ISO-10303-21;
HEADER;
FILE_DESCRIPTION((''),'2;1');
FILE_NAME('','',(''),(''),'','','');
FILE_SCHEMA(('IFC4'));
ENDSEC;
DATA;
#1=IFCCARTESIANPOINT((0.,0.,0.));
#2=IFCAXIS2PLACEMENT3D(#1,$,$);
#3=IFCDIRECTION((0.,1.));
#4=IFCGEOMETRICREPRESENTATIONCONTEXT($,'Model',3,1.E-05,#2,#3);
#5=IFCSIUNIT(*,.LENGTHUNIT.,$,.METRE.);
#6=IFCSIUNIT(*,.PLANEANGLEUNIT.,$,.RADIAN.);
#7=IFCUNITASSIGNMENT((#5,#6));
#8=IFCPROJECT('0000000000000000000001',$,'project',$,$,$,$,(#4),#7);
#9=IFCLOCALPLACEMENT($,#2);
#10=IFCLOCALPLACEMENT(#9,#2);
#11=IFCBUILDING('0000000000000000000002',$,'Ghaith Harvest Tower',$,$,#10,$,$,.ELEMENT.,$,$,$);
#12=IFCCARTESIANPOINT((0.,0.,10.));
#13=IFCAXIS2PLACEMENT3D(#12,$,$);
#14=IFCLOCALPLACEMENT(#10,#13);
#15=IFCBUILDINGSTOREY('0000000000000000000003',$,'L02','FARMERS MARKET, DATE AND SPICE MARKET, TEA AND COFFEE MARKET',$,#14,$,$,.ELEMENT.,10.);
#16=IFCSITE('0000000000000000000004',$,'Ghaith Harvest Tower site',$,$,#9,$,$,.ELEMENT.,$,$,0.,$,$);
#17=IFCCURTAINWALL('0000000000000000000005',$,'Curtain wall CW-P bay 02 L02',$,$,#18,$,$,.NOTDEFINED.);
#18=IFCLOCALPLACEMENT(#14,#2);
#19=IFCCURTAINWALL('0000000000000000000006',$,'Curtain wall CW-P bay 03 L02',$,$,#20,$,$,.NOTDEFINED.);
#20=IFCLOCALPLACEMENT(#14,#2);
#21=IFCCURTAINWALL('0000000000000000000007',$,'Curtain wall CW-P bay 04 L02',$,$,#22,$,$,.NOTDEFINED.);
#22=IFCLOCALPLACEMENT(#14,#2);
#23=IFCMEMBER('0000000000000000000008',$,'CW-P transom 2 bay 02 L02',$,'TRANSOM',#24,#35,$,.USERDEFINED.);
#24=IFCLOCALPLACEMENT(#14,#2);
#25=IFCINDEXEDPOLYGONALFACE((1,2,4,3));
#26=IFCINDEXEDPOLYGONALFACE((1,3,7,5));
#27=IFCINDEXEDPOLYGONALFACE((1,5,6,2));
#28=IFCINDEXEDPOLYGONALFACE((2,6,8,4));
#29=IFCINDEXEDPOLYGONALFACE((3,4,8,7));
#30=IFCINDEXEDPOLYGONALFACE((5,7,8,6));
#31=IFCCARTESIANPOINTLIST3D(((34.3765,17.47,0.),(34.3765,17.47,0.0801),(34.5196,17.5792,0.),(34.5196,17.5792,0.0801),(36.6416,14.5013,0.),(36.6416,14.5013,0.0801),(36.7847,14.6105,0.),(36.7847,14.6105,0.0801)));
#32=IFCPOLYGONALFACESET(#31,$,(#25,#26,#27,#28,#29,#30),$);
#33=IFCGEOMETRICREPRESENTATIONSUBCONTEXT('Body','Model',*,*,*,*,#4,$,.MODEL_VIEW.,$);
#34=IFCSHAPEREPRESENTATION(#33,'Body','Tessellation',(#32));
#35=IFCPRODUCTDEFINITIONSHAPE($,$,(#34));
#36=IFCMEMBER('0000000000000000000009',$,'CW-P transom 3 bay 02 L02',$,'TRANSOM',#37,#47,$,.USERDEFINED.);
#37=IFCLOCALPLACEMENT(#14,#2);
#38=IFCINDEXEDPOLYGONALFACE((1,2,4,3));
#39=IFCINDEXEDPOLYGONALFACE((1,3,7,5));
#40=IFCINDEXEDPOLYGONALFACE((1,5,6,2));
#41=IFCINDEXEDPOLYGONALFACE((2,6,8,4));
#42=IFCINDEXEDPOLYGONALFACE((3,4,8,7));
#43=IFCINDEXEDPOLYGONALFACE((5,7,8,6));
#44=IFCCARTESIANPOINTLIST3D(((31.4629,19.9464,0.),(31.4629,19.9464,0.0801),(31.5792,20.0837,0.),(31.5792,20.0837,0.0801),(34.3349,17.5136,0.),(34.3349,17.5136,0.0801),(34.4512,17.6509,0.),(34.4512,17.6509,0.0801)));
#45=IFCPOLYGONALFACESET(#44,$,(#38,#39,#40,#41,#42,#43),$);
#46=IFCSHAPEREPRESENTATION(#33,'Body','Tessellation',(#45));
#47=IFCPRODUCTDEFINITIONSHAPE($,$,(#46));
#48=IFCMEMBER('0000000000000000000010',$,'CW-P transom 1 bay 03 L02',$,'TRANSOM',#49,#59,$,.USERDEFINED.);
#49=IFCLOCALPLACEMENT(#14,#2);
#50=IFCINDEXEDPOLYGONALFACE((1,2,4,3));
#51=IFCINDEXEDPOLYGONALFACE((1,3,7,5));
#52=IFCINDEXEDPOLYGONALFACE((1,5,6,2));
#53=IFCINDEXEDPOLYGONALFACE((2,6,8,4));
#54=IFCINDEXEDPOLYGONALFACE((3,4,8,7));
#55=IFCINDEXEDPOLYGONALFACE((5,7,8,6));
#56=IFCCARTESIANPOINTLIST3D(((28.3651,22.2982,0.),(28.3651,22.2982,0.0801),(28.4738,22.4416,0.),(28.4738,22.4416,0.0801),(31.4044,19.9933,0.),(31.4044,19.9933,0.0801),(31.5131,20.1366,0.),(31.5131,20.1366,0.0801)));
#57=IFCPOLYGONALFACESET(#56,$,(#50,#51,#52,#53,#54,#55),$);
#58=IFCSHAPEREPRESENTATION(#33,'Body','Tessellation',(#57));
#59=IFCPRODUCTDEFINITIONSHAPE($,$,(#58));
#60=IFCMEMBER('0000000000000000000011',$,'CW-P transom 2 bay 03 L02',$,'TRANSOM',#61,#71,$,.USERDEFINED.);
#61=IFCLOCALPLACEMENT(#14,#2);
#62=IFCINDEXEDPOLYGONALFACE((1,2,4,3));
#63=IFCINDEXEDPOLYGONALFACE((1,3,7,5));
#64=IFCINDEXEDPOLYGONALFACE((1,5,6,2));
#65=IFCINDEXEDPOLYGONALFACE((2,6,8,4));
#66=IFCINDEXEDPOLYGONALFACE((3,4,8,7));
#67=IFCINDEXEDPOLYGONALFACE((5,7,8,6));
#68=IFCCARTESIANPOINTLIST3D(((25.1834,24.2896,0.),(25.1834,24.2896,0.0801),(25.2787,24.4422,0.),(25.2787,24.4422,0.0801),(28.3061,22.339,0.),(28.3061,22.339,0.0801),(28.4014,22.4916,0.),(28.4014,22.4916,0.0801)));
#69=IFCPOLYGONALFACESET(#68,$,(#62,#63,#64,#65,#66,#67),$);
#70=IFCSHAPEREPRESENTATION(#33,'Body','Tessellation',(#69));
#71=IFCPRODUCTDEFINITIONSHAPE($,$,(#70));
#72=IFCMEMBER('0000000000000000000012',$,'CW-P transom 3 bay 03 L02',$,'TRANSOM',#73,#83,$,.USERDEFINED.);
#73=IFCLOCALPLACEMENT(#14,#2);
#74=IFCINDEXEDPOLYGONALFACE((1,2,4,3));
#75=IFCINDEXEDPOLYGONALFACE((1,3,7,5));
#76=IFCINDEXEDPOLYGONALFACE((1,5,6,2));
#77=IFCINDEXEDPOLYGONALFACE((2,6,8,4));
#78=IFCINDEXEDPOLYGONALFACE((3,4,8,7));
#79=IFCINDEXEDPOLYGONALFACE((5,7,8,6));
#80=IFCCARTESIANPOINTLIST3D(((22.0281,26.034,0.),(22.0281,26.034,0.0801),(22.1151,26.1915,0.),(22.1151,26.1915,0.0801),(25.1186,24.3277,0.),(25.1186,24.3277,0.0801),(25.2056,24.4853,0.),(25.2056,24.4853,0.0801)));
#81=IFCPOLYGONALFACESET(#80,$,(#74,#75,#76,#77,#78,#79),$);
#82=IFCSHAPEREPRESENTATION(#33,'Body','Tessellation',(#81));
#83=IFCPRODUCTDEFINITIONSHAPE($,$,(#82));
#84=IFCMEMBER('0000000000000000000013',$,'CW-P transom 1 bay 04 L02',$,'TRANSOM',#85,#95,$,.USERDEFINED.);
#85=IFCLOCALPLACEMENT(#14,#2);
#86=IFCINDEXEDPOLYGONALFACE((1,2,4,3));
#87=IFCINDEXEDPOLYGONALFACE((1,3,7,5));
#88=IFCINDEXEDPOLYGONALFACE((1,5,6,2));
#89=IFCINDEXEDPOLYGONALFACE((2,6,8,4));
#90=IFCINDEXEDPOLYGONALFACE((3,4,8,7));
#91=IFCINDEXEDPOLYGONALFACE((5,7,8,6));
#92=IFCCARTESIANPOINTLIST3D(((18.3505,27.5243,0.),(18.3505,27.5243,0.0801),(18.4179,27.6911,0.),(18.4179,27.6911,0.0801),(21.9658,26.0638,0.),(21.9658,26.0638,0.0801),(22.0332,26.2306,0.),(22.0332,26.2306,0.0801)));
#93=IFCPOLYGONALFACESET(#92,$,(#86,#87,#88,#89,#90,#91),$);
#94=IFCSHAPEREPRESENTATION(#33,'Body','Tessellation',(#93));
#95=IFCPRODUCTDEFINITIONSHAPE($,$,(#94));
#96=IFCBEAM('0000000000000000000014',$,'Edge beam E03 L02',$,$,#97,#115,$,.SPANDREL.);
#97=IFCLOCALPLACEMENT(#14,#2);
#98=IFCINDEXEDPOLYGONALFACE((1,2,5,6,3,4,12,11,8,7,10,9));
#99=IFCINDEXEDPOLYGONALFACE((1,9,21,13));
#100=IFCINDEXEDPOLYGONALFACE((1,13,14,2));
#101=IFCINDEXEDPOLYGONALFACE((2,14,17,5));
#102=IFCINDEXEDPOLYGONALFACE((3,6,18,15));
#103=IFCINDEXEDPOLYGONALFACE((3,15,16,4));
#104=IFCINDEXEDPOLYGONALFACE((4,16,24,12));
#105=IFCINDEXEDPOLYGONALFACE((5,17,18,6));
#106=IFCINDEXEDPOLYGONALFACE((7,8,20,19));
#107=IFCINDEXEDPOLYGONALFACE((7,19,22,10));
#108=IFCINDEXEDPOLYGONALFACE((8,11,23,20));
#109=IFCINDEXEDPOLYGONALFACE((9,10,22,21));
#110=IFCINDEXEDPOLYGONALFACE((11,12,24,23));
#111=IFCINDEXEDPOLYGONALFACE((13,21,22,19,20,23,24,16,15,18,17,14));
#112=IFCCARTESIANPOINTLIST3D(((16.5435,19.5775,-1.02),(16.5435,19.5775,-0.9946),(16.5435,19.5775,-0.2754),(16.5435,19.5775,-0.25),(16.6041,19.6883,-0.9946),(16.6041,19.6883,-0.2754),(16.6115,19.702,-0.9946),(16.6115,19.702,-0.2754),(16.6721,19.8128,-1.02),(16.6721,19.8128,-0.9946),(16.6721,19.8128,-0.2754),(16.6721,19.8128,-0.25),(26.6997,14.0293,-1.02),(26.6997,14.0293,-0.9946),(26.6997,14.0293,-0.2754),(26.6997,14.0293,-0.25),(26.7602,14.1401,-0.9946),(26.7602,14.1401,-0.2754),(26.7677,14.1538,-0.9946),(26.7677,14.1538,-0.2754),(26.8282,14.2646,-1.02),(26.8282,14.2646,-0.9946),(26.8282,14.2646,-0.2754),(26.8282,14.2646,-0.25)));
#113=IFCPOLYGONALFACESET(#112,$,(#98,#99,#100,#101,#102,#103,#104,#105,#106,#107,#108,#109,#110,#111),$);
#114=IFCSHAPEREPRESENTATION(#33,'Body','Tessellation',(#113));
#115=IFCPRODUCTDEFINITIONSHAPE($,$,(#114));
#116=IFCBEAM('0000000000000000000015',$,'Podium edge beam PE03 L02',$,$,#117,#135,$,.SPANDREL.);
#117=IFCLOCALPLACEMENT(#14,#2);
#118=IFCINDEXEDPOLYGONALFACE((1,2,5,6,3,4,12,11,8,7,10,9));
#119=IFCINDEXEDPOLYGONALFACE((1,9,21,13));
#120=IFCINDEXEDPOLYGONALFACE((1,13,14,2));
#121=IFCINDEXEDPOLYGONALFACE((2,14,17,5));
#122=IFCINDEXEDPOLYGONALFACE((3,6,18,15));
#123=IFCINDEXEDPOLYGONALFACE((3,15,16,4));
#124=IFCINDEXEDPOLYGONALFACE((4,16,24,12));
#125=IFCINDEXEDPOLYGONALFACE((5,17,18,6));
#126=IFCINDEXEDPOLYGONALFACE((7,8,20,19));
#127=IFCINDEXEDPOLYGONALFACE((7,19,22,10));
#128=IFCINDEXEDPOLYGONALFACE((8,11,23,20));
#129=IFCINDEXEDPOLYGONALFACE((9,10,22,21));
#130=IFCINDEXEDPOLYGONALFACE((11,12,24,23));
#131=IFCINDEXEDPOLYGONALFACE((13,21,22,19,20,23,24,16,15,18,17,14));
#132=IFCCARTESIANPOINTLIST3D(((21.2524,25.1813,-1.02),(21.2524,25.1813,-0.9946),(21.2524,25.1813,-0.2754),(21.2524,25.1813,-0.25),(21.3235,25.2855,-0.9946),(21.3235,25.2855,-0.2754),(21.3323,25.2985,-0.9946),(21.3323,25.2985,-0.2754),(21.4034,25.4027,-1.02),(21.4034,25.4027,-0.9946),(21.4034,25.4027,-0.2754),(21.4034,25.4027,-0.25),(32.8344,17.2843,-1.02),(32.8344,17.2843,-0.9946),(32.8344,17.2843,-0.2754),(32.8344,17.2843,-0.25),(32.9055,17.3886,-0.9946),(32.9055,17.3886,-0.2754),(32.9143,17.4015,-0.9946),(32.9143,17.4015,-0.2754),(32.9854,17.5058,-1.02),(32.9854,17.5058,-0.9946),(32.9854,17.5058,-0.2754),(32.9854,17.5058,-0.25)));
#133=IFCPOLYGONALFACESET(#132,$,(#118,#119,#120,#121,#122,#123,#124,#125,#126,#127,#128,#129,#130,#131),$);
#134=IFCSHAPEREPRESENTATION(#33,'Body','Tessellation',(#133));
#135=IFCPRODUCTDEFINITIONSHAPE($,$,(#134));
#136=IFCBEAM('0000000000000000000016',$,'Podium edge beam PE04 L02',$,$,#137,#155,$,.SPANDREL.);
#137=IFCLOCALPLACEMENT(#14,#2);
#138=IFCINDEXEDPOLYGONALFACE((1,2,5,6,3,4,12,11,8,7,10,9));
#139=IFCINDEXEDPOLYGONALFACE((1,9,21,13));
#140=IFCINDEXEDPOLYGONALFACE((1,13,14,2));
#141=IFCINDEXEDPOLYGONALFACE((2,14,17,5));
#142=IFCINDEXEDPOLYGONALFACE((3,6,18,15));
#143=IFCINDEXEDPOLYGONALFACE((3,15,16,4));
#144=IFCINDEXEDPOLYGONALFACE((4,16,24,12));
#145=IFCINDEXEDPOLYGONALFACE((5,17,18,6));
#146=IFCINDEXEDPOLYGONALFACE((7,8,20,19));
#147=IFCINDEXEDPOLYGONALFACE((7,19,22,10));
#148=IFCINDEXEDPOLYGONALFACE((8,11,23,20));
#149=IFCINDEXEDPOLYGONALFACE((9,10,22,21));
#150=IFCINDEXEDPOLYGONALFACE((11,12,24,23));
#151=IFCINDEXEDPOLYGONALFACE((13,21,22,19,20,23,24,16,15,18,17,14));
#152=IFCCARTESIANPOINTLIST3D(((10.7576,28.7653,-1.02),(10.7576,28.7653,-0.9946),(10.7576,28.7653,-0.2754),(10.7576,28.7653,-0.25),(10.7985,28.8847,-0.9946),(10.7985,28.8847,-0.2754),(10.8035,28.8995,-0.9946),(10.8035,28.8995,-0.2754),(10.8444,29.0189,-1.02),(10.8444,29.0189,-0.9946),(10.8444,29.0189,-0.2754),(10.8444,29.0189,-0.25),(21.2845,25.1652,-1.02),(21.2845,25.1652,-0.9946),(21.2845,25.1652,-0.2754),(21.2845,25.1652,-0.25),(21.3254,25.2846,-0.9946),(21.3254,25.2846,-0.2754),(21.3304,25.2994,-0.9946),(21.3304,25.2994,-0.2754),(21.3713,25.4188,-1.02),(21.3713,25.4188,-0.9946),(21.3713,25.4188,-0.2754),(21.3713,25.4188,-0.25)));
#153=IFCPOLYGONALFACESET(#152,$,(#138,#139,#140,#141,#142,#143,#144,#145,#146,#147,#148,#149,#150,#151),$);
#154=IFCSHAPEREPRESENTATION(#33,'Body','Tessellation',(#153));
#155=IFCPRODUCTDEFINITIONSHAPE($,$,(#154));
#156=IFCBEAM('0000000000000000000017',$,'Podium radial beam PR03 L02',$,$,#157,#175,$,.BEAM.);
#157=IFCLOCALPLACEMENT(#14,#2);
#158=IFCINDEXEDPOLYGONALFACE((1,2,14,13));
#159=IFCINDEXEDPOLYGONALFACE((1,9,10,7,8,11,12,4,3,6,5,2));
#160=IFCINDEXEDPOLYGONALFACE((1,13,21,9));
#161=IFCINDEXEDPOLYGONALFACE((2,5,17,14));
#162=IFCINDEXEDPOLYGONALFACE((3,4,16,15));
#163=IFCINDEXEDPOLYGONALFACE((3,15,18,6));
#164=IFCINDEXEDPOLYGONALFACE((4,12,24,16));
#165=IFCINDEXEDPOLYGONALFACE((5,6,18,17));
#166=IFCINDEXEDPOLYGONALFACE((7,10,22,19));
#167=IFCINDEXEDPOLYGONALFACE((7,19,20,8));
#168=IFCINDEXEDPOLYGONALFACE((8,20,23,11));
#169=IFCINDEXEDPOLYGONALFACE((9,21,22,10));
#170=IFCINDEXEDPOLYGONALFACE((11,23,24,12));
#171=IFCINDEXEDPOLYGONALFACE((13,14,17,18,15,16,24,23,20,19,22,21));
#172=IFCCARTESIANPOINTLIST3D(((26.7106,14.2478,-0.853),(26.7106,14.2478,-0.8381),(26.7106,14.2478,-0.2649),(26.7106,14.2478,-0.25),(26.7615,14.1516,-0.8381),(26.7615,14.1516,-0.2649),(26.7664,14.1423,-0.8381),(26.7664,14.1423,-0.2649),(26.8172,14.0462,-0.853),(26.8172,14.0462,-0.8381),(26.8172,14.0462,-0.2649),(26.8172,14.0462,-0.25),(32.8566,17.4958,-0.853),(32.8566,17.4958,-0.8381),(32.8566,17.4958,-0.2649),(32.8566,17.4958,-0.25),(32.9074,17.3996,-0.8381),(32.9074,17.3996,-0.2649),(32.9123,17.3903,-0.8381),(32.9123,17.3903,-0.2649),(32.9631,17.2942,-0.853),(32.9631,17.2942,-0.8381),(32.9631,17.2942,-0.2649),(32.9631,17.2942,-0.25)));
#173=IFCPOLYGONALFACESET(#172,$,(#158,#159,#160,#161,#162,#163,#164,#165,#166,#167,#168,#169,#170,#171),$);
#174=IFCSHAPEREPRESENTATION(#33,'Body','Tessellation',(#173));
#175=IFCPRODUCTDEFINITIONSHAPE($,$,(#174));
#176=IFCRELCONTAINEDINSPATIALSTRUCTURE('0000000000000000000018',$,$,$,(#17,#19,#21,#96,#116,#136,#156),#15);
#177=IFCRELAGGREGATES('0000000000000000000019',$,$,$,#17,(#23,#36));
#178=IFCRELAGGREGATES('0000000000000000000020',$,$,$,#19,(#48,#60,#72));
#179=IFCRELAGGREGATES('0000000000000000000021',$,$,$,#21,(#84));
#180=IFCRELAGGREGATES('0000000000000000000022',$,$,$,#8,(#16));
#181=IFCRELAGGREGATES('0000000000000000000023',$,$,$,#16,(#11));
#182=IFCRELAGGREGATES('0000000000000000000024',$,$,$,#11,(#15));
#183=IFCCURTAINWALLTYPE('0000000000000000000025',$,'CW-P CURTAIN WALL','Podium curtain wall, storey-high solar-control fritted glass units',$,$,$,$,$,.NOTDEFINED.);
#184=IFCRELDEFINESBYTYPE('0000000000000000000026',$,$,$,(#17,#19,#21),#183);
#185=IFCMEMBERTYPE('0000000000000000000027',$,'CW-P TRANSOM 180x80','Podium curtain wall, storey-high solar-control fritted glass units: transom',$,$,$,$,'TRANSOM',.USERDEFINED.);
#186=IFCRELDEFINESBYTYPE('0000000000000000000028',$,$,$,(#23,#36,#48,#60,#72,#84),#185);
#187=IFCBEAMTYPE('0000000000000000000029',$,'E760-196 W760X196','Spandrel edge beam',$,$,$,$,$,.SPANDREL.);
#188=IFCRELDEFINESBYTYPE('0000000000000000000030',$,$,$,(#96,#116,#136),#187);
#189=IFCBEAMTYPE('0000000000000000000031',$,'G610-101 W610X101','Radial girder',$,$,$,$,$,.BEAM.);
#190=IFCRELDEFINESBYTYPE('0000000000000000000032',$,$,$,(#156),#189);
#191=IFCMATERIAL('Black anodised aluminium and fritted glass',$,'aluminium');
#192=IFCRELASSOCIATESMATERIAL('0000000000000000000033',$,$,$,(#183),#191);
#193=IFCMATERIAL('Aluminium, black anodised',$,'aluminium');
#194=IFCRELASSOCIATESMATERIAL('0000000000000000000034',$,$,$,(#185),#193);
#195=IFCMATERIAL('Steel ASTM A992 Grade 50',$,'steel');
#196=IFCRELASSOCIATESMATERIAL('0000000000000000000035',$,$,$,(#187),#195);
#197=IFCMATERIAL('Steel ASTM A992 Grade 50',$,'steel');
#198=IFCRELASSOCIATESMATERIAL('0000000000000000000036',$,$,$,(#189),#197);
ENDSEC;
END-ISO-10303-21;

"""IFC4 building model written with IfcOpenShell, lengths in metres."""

from ifc_helpers import new_model, si_unit, direction, frame, origin, origin_2d, place, context, subcontext, project, spatial, rectangle, i_section, extrude, material, material_profile, profile_set, type_object, element, aggregate, save


model = new_model("IFC4")

# Units and contexts
model_context = context("Model", 3, precision=1e-05, world=origin(), true_north=direction((0.0, 1.0)))
body_context = subcontext(model_context, "Body", "Model", "MODEL_VIEW")
ifc_project = project(units=[si_unit("LENGTHUNIT", "METRE"), si_unit("PLANEANGLEUNIT", "RADIAN")], contexts=[model_context])

# Site, building, storey
site_placement = place(None, origin())
site = spatial("IfcSite", under=ifc_project, at=site_placement, Name="Ghaith Harvest Tower site", CompositionType="ELEMENT", RefElevation=0.0)
building_placement = place(site_placement, origin())
building = spatial("IfcBuilding", under=site, at=building_placement, Name="Ghaith Harvest Tower", CompositionType="ELEMENT")
storey_placement = place(building_placement, frame((0.0, 0.0, 10.0)))
storey = spatial("IfcBuildingStorey", under=building, at=storey_placement, Name="L02", Description="FARMERS MARKET, DATE AND SPICE MARKET, TEA AND COFFEE MARKET", CompositionType="ELEMENT", Elevation=10.0)

# Curtain walls
ifc_material_1 = material(Name="Black anodised aluminium and fritted glass", Category="aluminium")
curtain_wall_type = type_object("IfcCurtainWallType", Name="CW-P CURTAIN WALL", Description="Podium curtain wall, storey-high solar-control fritted glass units", PredefinedType="NOTDEFINED", material=ifc_material_1)
curtain_wall_1_placement = place(storey_placement, origin())
curtain_wall_1 = element("IfcCurtainWall", 1, at=curtain_wall_1_placement, inside=storey, type_object=curtain_wall_type, Name="Curtain wall CW-P bay 02 L02", PredefinedType="NOTDEFINED")
curtain_wall_2_placement = place(storey_placement, origin())
curtain_wall_2 = element("IfcCurtainWall", 2, at=curtain_wall_2_placement, inside=storey, type_object=curtain_wall_type, Name="Curtain wall CW-P bay 03 L02", PredefinedType="NOTDEFINED")

# Curtain wall
curtain_wall_3_placement = place(storey_placement, origin())
curtain_wall_3 = element("IfcCurtainWall", 3, at=curtain_wall_3_placement, inside=storey, type_object=curtain_wall_type, Name="Curtain wall CW-P bay 04 L02", PredefinedType="NOTDEFINED")

# Members
ifc_material_2 = material(Name="Aluminium, black anodised", Category="aluminium")
ifc_material_profile_1 = material_profile(ifc_material_2, rectangle(XDim=0.1799, YDim=0.0801, at=origin_2d()), Name="CW-P TRANSOM 180x80")
ifc_profile_set_1 = profile_set([ifc_material_profile_1], Name="Aluminium, black anodised")
member_type_1 = type_object("IfcMemberType", Name="CW-P TRANSOM 180x80", Description="Podium curtain wall, storey-high solar-control fritted glass units: transom", ElementType="TRANSOM", PredefinedType="USERDEFINED", material=ifc_profile_set_1)
member_1_placement = place(storey_placement, frame((36.7131, 14.5559, 0.04), z_axis=(-0.606591, 0.795014, 0.0), x_axis=(-0.795014, -0.606591, 0.0)))
member_1 = element("IfcMember", 4, at=member_1_placement, type_object=member_type_1, Name="CW-P transom 2 bay 02 L02", ObjectType="TRANSOM", PredefinedType="USERDEFINED", context=body_context, shape_type="SweptSolid", body=[
    extrude(rectangle(XDim=0.1799, YDim=0.0801, at=origin_2d()), origin(), (0.0, 0.0, 1.0), 3.7341),
])
member_2_placement = place(storey_placement, frame((34.3931, 17.5823, 0.04), z_axis=(-0.763039, 0.646352, 0.0), x_axis=(-0.646352, -0.763039, 0.0)))
member_2 = element("IfcMember", 5, at=member_2_placement, type_object=member_type_1, Name="CW-P transom 3 bay 02 L02", ObjectType="TRANSOM", PredefinedType="USERDEFINED", context=body_context, shape_type="SweptSolid", body=[
    extrude(rectangle(XDim=0.1799, YDim=0.0801, at=origin_2d()), origin(), (0.0, 0.0, 1.0), 3.7639),
])
member_3_placement = place(storey_placement, frame((31.4587, 20.0649, 0.04), z_axis=(-0.796786, 0.604262, 0.0), x_axis=(-0.604262, -0.796786, 0.0)))
member_3 = element("IfcMember", 6, at=member_3_placement, type_object=member_type_1, Name="CW-P transom 1 bay 03 L02", ObjectType="TRANSOM", PredefinedType="USERDEFINED", context=body_context, shape_type="SweptSolid", body=[
    extrude(rectangle(XDim=0.1799, YDim=0.0801, at=origin_2d()), origin(), (0.0, 0.0, 1.0), 3.8145),
])
member_4_placement = place(storey_placement, frame((28.3538, 22.4153, 0.04), z_axis=(-0.848129, 0.52979, 0.0), x_axis=(-0.52979, -0.848129, 0.0)))
member_4 = element("IfcMember", 7, at=member_4_placement, type_object=member_type_1, Name="CW-P transom 2 bay 03 L02", ObjectType="TRANSOM", PredefinedType="USERDEFINED", context=body_context, shape_type="SweptSolid", body=[
    extrude(rectangle(XDim=0.1799, YDim=0.0801, at=origin_2d()), origin(), (0.0, 0.0, 1.0), 3.6819),
])
member_5_placement = place(storey_placement, frame((25.1621, 24.4065, 0.04), z_axis=(-0.875439, 0.483328, 0.0), x_axis=(-0.483328, -0.875439, 0.0)))
member_5 = element("IfcMember", 8, at=member_5_placement, type_object=member_type_1, Name="CW-P transom 3 bay 03 L02", ObjectType="TRANSOM", PredefinedType="USERDEFINED", context=body_context, shape_type="SweptSolid", body=[
    extrude(rectangle(XDim=0.1799, YDim=0.0801, at=origin_2d()), origin(), (0.0, 0.0, 1.0), 3.5303),
])
member_6_placement = place(storey_placement, frame((21.9995, 26.1472, 0.04), z_axis=(-0.927202, 0.374562, 0.0), x_axis=(-0.374562, -0.927202, 0.0)))
member_6 = element("IfcMember", 9, at=member_6_placement, type_object=member_type_1, Name="CW-P transom 1 bay 04 L02", ObjectType="TRANSOM", PredefinedType="USERDEFINED", context=body_context, shape_type="SweptSolid", body=[
    extrude(rectangle(XDim=0.1799, YDim=0.0801, at=origin_2d()), origin(), (0.0, 0.0, 1.0), 3.8992),
])

# Beams
ifc_material_3 = material(Name="Steel ASTM A992 Grade 50", Category="steel")
ifc_material_profile_2 = material_profile(ifc_material_3, i_section(OverallWidth=0.2681, OverallDepth=0.77, WebThickness=0.0156, FlangeThickness=0.0254, at=origin_2d()), Name="W760X196")
ifc_profile_set_2 = profile_set([ifc_material_profile_2], Name="Steel ASTM A992 Grade 50")
beam_type_1 = type_object("IfcBeamType", Name="E760-196 W760X196", Description="Spandrel edge beam", PredefinedType="SPANDREL", material=ifc_profile_set_2)
beam_1_placement = place(storey_placement, frame((26.7639, 14.147, -0.635), z_axis=(-0.877588, 0.479415, 0.0), x_axis=(-0.479415, -0.877588, 0.0)))
element("IfcBeam", 10, at=beam_1_placement, inside=storey, type_object=beam_type_1, Name="Edge beam E03 L02", PredefinedType="SPANDREL", context=body_context, shape_type="SweptSolid", body=[
    extrude(i_section(OverallWidth=0.2681, OverallDepth=0.77, WebThickness=0.0156, FlangeThickness=0.0254, at=origin_2d()), origin(), (0.0, 0.0, 1.0), 11.5728),
])
beam_2_placement = place(storey_placement, frame((32.9099, 17.395, -0.635), z_axis=(-0.826223, 0.563343, 0.0), x_axis=(-0.563343, -0.826223, 0.0)))
element("IfcBeam", 11, at=beam_2_placement, inside=storey, type_object=beam_type_1, Name="Podium edge beam PE03 L02", PredefinedType="SPANDREL", context=body_context, shape_type="SweptSolid", body=[
    extrude(i_section(OverallWidth=0.2681, OverallDepth=0.77, WebThickness=0.0156, FlangeThickness=0.0254, at=origin_2d()), origin(), (0.0, 0.0, 1.0), 14.0181),
])
beam_3_placement = place(storey_placement, frame((21.3279, 25.292, -0.635), z_axis=(-0.946197, 0.323592, 0.0), x_axis=(-0.323592, -0.946197, 0.0)))
element("IfcBeam", 12, at=beam_3_placement, inside=storey, type_object=beam_type_1, Name="Podium edge beam PE04 L02", PredefinedType="SPANDREL", context=body_context, shape_type="SweptSolid", body=[
    extrude(i_section(OverallWidth=0.2681, OverallDepth=0.77, WebThickness=0.0156, FlangeThickness=0.0254, at=origin_2d()), origin(), (0.0, 0.0, 1.0), 11.1255),
])
ifc_material_4 = material(Name="Steel ASTM A992 Grade 50", Category="steel")
ifc_material_profile_3 = material_profile(ifc_material_4, i_section(OverallWidth=0.228, OverallDepth=0.603, WebThickness=0.0105, FlangeThickness=0.0149, at=origin_2d()), Name="W610X101")
ifc_profile_set_3 = profile_set([ifc_material_profile_3], Name="Steel ASTM A992 Grade 50")
beam_type_2 = type_object("IfcBeamType", Name="G610-101 W610X101", Description="Radial girder", PredefinedType="BEAM", material=ifc_profile_set_3)
beam_4_placement = place(storey_placement, frame((26.7639, 14.147, -0.5515), z_axis=(0.884128, 0.467245, 0.0), x_axis=(-0.467245, 0.884128, 0.0)))
element("IfcBeam", 13, at=beam_4_placement, inside=storey, type_object=beam_type_2, Name="Podium radial beam PR03 L02", PredefinedType="BEAM", context=body_context, shape_type="SweptSolid", body=[
    extrude(i_section(OverallWidth=0.228, OverallDepth=0.603, WebThickness=0.0105, FlangeThickness=0.0149, at=origin_2d()), origin(), (0.0, 0.0, 1.0), 6.9514),
])

aggregate(curtain_wall_1, [member_1, member_2])
aggregate(curtain_wall_2, [member_3, member_4, member_5])
aggregate(curtain_wall_3, [member_6])

save(model, "model.ifc")
